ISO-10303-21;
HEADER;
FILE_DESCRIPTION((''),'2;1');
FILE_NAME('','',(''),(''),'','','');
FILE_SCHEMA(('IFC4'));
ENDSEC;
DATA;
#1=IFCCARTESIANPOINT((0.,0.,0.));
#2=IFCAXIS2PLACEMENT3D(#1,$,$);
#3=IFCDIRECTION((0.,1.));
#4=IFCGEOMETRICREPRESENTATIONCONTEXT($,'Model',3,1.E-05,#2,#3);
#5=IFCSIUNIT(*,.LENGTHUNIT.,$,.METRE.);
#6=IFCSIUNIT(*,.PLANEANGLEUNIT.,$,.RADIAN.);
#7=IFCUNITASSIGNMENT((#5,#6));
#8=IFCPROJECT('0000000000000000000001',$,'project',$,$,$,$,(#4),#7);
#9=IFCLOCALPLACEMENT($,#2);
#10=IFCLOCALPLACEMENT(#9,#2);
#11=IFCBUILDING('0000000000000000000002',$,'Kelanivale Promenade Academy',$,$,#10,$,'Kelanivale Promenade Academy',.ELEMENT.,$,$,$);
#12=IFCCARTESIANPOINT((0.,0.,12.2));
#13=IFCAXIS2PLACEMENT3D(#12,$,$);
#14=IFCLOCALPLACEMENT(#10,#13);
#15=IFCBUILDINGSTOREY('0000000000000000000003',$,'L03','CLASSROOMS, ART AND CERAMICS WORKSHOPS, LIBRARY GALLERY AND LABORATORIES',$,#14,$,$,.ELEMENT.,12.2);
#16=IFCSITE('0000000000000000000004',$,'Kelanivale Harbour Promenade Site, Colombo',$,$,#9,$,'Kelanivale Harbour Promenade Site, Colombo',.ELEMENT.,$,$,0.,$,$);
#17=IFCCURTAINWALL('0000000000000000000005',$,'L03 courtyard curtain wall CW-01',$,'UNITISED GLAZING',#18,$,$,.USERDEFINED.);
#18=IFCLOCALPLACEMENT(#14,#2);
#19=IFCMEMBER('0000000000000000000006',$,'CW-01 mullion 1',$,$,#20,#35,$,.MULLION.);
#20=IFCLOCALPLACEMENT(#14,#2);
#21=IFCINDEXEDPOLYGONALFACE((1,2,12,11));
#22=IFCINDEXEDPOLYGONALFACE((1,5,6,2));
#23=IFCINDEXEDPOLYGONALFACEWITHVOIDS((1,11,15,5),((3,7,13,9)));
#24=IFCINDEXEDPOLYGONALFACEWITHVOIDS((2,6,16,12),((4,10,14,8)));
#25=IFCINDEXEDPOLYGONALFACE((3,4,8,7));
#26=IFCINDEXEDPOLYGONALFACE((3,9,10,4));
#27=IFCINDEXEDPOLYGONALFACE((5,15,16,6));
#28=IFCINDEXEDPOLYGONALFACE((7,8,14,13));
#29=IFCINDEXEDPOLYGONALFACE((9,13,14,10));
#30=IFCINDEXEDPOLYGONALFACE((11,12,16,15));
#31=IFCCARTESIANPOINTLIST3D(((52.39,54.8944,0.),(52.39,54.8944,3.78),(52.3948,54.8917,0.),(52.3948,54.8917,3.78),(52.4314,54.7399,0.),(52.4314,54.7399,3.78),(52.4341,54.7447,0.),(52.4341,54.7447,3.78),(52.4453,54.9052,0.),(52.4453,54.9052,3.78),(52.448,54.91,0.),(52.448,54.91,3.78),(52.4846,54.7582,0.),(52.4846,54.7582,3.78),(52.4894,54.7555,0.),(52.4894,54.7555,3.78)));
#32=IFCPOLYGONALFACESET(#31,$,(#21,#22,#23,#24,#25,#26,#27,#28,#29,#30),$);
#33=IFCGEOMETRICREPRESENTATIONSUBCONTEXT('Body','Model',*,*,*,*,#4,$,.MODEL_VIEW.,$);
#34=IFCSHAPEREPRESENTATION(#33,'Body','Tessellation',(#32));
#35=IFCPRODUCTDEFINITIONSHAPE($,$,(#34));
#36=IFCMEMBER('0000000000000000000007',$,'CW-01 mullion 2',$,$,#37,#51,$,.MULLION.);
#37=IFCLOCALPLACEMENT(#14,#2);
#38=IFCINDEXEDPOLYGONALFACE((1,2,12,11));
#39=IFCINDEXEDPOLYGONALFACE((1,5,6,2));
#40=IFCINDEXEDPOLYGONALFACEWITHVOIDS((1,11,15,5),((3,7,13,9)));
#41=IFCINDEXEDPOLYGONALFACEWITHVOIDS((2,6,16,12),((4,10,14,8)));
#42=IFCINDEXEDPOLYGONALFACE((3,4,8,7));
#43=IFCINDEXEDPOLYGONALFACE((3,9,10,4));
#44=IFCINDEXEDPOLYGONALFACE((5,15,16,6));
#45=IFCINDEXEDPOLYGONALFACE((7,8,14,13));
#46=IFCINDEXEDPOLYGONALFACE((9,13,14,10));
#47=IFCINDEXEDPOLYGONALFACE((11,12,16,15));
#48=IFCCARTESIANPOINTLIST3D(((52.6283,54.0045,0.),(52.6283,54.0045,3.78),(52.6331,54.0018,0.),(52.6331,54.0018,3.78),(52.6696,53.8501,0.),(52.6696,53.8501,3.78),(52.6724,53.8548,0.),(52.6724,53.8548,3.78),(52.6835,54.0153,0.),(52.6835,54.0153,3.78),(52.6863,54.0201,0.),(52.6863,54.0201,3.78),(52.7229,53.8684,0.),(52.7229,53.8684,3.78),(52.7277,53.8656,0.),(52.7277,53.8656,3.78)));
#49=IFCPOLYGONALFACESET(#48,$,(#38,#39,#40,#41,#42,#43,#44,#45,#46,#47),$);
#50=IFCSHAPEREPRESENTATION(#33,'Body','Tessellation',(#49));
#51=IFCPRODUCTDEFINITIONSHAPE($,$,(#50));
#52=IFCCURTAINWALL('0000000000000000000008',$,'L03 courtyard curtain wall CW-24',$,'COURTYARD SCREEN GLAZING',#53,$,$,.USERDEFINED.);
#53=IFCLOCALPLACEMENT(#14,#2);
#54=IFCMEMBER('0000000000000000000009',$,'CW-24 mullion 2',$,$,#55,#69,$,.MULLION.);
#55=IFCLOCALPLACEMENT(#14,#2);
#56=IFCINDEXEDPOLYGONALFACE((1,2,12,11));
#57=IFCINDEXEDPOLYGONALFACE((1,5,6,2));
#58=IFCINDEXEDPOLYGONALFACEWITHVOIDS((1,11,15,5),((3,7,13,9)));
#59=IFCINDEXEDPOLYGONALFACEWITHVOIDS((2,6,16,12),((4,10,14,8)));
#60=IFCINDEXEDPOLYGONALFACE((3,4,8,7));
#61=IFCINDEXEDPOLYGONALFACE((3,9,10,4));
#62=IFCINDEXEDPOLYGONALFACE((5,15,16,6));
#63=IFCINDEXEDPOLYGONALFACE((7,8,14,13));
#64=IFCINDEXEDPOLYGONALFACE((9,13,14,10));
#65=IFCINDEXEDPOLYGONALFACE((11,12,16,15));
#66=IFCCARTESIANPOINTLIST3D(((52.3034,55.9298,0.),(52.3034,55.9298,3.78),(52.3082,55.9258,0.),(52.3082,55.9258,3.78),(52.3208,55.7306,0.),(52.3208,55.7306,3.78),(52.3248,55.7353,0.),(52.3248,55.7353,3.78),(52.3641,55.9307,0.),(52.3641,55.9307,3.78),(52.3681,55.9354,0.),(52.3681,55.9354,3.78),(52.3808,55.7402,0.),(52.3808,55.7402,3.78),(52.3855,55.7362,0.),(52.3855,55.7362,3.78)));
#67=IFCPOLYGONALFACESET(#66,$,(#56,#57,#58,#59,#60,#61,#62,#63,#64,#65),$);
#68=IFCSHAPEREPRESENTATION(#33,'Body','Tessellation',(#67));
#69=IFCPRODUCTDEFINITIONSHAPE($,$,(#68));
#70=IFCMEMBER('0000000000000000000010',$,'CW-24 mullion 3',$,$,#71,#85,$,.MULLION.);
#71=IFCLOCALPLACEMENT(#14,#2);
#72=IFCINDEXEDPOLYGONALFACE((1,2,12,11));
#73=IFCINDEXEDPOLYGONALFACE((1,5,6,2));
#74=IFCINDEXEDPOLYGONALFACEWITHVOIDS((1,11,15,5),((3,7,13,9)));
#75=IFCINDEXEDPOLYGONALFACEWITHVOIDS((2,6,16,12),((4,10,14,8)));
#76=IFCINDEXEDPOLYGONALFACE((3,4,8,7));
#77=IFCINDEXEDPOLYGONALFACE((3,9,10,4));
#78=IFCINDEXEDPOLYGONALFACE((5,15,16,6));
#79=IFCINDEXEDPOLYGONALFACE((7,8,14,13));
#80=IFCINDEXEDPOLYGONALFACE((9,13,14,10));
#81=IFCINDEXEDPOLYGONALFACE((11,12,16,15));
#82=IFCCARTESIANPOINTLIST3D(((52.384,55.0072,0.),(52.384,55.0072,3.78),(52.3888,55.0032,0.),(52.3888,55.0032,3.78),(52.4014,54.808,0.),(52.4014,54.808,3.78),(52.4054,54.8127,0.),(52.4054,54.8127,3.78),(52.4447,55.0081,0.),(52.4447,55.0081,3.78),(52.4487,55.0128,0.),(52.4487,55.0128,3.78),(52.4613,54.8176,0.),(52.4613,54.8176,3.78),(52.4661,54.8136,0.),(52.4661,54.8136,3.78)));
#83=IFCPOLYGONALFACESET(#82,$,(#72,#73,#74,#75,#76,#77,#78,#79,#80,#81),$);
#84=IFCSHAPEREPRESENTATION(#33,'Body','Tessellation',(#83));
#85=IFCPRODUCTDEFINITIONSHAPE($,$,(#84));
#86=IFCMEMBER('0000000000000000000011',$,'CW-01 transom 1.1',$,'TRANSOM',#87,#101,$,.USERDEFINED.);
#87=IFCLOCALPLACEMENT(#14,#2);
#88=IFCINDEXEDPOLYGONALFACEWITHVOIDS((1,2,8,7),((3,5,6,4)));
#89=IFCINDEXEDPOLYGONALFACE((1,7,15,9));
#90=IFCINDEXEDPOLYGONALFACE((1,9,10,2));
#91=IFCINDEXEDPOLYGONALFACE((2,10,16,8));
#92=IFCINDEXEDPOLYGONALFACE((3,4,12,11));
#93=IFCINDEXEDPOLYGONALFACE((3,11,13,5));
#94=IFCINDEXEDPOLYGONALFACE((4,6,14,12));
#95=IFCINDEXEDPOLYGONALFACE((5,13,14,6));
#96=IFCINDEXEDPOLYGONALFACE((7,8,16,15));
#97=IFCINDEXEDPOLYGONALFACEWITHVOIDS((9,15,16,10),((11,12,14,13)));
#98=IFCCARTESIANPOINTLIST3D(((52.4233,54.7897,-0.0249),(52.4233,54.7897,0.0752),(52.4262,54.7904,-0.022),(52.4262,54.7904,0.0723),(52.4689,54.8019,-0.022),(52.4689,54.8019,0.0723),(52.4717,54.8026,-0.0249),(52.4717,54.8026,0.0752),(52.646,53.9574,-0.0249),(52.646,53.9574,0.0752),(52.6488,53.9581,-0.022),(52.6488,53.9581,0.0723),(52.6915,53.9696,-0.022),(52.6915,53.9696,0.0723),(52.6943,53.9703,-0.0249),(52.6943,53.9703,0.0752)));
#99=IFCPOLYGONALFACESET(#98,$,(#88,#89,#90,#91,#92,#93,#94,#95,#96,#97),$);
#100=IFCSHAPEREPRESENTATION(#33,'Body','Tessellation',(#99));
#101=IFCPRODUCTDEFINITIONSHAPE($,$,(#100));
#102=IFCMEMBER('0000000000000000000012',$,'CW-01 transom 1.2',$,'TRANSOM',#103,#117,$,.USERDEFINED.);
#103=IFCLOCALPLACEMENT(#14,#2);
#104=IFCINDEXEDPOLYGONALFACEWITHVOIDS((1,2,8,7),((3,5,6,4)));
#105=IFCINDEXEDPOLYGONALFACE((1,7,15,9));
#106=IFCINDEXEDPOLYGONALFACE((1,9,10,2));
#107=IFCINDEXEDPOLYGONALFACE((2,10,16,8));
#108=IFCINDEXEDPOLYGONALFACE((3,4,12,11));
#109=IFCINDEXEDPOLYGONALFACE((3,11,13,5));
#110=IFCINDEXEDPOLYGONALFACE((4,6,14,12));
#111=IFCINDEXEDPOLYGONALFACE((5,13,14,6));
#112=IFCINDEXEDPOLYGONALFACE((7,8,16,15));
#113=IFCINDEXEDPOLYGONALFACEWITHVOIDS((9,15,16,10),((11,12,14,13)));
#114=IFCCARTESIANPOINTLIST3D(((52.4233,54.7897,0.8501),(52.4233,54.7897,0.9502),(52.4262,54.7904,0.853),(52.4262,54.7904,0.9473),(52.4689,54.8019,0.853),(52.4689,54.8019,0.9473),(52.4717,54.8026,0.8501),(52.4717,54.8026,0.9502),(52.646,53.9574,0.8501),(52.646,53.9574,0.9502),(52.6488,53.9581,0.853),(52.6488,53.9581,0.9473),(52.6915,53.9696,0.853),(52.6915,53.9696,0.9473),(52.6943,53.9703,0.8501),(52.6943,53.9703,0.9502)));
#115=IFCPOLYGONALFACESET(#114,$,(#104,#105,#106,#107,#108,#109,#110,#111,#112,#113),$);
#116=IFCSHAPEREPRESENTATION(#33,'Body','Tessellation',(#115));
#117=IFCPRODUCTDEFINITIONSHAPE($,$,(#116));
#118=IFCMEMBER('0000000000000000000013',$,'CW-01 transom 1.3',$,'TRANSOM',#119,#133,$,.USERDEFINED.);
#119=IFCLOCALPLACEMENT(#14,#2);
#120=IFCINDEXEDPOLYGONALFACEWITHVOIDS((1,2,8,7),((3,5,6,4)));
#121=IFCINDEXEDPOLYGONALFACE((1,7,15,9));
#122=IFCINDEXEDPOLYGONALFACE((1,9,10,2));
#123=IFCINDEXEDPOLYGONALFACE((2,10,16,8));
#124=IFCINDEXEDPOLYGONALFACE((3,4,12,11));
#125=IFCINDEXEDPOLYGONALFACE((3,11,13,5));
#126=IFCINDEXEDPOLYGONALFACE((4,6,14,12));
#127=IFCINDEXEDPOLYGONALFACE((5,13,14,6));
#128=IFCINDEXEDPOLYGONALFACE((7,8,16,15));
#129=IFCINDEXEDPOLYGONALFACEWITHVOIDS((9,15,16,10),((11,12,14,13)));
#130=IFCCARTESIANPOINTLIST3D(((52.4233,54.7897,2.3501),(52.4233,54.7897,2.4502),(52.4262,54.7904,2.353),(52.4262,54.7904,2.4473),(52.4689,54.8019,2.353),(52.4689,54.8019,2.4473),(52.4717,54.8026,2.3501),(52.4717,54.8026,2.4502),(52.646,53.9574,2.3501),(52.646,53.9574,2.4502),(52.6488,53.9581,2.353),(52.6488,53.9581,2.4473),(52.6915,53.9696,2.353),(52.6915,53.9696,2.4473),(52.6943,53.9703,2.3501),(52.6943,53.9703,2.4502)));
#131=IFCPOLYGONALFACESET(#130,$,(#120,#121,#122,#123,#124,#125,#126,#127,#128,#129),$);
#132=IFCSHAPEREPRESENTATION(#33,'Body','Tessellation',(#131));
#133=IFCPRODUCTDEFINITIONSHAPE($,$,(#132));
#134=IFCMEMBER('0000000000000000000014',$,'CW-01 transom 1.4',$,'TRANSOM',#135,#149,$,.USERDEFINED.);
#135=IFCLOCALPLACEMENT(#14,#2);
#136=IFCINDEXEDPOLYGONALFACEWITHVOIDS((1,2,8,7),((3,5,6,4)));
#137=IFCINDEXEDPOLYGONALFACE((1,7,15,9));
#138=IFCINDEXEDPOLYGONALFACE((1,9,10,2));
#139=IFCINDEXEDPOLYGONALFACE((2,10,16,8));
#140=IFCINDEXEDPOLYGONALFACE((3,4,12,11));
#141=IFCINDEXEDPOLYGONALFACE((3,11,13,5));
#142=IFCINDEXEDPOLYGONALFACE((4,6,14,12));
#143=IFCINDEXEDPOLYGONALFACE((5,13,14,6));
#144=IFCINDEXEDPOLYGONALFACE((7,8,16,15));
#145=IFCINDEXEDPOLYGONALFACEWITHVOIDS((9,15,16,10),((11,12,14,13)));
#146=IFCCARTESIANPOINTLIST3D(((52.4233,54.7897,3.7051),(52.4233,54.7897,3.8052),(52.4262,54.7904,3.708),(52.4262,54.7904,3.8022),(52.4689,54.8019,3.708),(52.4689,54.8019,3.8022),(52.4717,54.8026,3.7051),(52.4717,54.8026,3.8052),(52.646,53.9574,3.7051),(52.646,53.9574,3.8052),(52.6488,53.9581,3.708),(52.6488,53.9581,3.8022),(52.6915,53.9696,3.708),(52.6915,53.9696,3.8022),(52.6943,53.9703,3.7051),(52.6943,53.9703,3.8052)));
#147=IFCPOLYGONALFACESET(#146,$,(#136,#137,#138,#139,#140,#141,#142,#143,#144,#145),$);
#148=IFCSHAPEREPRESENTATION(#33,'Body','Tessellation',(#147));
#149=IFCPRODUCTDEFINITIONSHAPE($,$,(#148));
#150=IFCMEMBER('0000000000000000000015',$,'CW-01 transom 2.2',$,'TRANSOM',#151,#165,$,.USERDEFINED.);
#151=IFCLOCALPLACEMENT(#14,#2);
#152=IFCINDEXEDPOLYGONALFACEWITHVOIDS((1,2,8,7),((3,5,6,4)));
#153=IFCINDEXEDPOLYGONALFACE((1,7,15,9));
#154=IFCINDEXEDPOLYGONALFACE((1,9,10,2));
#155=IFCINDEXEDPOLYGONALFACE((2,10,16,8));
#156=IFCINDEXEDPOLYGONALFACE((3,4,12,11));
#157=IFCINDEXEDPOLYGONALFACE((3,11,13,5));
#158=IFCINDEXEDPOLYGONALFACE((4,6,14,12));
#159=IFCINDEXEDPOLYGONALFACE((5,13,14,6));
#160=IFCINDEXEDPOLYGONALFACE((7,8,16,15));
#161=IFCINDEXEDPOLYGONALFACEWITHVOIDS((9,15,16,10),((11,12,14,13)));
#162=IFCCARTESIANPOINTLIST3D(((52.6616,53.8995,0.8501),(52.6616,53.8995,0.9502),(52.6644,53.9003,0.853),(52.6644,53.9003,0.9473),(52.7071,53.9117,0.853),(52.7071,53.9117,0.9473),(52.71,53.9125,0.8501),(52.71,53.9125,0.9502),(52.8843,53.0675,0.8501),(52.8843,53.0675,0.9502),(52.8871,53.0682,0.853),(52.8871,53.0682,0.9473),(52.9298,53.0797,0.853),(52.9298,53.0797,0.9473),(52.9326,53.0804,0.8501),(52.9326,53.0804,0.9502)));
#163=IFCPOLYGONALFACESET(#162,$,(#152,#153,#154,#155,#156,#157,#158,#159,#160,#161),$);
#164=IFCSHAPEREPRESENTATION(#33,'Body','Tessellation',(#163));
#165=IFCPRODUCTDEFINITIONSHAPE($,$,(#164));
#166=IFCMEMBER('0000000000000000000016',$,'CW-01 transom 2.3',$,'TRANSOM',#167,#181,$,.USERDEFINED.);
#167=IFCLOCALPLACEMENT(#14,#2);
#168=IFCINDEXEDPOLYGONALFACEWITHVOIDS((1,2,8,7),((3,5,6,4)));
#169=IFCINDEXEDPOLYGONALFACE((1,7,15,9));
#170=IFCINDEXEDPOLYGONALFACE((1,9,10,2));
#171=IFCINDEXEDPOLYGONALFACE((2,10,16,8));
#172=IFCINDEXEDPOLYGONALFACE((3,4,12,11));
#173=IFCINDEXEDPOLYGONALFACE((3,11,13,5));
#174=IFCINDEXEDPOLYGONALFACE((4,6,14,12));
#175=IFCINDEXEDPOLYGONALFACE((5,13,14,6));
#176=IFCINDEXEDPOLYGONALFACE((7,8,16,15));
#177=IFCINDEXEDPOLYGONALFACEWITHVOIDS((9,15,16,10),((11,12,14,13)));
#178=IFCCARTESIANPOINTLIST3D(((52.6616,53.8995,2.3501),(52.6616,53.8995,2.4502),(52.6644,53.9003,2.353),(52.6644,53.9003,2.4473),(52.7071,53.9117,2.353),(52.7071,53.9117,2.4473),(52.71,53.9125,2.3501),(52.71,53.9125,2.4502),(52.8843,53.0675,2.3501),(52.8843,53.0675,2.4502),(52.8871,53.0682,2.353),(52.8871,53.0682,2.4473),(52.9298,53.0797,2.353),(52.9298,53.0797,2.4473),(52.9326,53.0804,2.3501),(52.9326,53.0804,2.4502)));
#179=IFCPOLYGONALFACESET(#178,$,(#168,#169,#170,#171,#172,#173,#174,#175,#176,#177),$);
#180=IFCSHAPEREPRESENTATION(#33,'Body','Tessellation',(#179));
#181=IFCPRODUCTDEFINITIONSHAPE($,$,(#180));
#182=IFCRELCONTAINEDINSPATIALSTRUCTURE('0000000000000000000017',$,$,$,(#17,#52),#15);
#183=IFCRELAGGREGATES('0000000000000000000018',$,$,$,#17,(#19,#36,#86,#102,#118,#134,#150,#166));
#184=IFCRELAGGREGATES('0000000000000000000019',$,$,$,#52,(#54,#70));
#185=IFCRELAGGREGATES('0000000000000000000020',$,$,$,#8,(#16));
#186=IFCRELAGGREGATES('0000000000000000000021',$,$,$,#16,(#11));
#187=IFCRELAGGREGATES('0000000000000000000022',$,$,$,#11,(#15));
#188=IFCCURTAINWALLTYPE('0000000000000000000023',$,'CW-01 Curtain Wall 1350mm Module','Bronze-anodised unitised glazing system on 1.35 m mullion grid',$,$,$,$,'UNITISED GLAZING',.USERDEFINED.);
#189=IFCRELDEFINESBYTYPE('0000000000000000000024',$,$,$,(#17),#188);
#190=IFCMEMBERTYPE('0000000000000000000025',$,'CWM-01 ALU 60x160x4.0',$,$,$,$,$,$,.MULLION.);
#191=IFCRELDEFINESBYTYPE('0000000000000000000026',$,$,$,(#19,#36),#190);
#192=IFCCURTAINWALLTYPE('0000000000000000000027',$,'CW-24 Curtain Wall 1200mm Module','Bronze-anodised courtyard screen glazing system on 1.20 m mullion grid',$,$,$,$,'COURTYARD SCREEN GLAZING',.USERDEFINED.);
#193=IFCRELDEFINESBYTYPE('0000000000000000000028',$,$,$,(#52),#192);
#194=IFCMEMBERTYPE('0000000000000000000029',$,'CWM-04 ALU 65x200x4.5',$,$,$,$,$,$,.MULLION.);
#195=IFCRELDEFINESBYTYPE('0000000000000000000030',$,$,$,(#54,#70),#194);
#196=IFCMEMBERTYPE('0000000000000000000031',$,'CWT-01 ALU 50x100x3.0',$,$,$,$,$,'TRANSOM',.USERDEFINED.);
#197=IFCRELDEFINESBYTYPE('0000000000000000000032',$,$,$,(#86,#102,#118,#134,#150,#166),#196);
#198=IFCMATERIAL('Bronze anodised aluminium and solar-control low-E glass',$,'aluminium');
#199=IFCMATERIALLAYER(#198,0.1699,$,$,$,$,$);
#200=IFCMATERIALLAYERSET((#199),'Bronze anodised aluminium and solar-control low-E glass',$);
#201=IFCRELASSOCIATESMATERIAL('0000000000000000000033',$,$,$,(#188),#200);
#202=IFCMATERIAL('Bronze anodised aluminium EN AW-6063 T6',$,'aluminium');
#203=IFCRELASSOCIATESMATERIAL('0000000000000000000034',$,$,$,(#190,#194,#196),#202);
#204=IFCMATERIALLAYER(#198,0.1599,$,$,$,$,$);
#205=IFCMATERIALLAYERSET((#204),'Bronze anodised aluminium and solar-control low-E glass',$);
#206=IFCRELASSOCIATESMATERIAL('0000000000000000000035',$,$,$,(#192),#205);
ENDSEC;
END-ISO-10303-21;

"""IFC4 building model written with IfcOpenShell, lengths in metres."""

from ifc_helpers import new_model, si_unit, direction, frame, origin, origin_2d, place, context, subcontext, project, spatial, hollow_rectangle, extrude, material, layer, layer_set, material_profile, profile_set, type_object, element, aggregate, save


model = new_model("IFC4")

# Units and contexts
model_context = context("Model", 3, precision=1e-05, world=origin(), true_north=direction((0.0, 1.0)))
body_context = subcontext(model_context, "Body", "Model", "MODEL_VIEW")
ifc_project = project(units=[si_unit("LENGTHUNIT", "METRE"), si_unit("PLANEANGLEUNIT", "RADIAN")], contexts=[model_context])

# Site, building, storey
site_placement = place(None, origin())
site = spatial("IfcSite", under=ifc_project, at=site_placement, Name="Kelanivale Harbour Promenade Site, Colombo", LongName="Kelanivale Harbour Promenade Site, Colombo", CompositionType="ELEMENT", RefElevation=0.0)
building_placement = place(site_placement, origin())
building = spatial("IfcBuilding", under=site, at=building_placement, Name="Kelanivale Promenade Academy", LongName="Kelanivale Promenade Academy", CompositionType="ELEMENT")
storey_placement = place(building_placement, frame((0.0, 0.0, 12.2)))
storey = spatial("IfcBuildingStorey", under=building, at=storey_placement, Name="L03", Description="CLASSROOMS, ART AND CERAMICS WORKSHOPS, LIBRARY GALLERY AND LABORATORIES", CompositionType="ELEMENT", Elevation=12.2)

# Curtain walls, members
ifc_material_1 = material(Name="Bronze anodised aluminium and solar-control low-E glass", Category="aluminium")
ifc_layer_1 = layer(ifc_material_1, 0.1699)
ifc_layer_set_1 = layer_set([ifc_layer_1], Name="Bronze anodised aluminium and solar-control low-E glass")
curtain_wall_type_1 = type_object("IfcCurtainWallType", Name="CW-01 Curtain Wall 1350mm Module", Description="Bronze-anodised unitised glazing system on 1.35 m mullion grid", ElementType="UNITISED GLAZING", PredefinedType="USERDEFINED", material=ifc_layer_set_1)
curtain_wall_1_placement = place(storey_placement, origin())
curtain_wall_1 = element("IfcCurtainWall", 1, at=curtain_wall_1_placement, inside=storey, type_object=curtain_wall_type_1, Name="L03 courtyard curtain wall CW-01", ObjectType="UNITISED GLAZING", PredefinedType="USERDEFINED")
ifc_material_2 = material(Name="Bronze anodised aluminium EN AW-6063 T6", Category="aluminium")
ifc_material_profile_1 = material_profile(ifc_material_2, hollow_rectangle(XDim=0.0601, YDim=0.1599, WallThickness=0.0039, at=origin_2d()), Name="ALU 60x160x4.0")
ifc_profile_set_1 = profile_set([ifc_material_profile_1], Name="Bronze anodised aluminium EN AW-6063 T6")
member_type_1 = type_object("IfcMemberType", Name="CWM-01 ALU 60x160x4.0", PredefinedType="MULLION", material=ifc_profile_set_1)
member_1_placement = place(storey_placement, frame((52.4397, 54.825, 0.0), z_axis=(0.0, 0.0, 1.0), x_axis=(0.96599, 0.258578, 0.0)))
member_1 = element("IfcMember", 2, at=member_1_placement, type_object=member_type_1, Name="CW-01 mullion 1", PredefinedType="MULLION", context=body_context, shape_type="SweptSolid", body=[
    extrude(hollow_rectangle(XDim=0.0601, YDim=0.1599, WallThickness=0.0039, at=origin_2d()), origin(), (0.0, 0.0, 1.0), 3.78),
])
member_2_placement = place(storey_placement, frame((52.678, 53.9351, 0.0), z_axis=(0.0, 0.0, 1.0), x_axis=(0.96599, 0.258578, 0.0)))
member_2 = element("IfcMember", 3, at=member_2_placement, type_object=member_type_1, Name="CW-01 mullion 2", PredefinedType="MULLION", context=body_context, shape_type="SweptSolid", body=[
    extrude(hollow_rectangle(XDim=0.0601, YDim=0.1599, WallThickness=0.0039, at=origin_2d()), origin(), (0.0, 0.0, 1.0), 3.78),
])
ifc_layer_2 = layer(ifc_material_1, 0.1599)
ifc_layer_set_2 = layer_set([ifc_layer_2], Name="Bronze anodised aluminium and solar-control low-E glass")
curtain_wall_type_2 = type_object("IfcCurtainWallType", Name="CW-24 Curtain Wall 1200mm Module", Description="Bronze-anodised courtyard screen glazing system on 1.20 m mullion grid", ElementType="COURTYARD SCREEN GLAZING", PredefinedType="USERDEFINED", material=ifc_layer_set_2)
curtain_wall_2_placement = place(storey_placement, origin())
curtain_wall_2 = element("IfcCurtainWall", 4, at=curtain_wall_2_placement, inside=storey, type_object=curtain_wall_type_2, Name="L03 courtyard curtain wall CW-24", ObjectType="COURTYARD SCREEN GLAZING", PredefinedType="USERDEFINED")
ifc_material_profile_2 = material_profile(ifc_material_2, hollow_rectangle(XDim=0.0649, YDim=0.2, WallThickness=0.0044, at=origin_2d()), Name="ALU 65x200x4.5")
ifc_profile_set_2 = profile_set([ifc_material_profile_2], Name="Bronze anodised aluminium EN AW-6063 T6")
member_type_2 = type_object("IfcMemberType", Name="CWM-04 ALU 65x200x4.5", PredefinedType="MULLION", material=ifc_profile_set_2)
member_3_placement = place(storey_placement, frame((52.3445, 55.833, 0.0), z_axis=(0.0, 0.0, 1.0), x_axis=(0.996199, 0.087102, 0.0)))
member_3 = element("IfcMember", 5, at=member_3_placement, type_object=member_type_2, Name="CW-24 mullion 2", PredefinedType="MULLION", context=body_context, shape_type="SweptSolid", body=[
    extrude(hollow_rectangle(XDim=0.0649, YDim=0.2, WallThickness=0.0044, at=origin_2d()), origin(), (0.0, 0.0, 1.0), 3.78),
])
member_4_placement = place(storey_placement, frame((52.425, 54.9104, 0.0), z_axis=(0.0, 0.0, 1.0), x_axis=(0.996199, 0.087102, 0.0)))
member_4 = element("IfcMember", 6, at=member_4_placement, type_object=member_type_2, Name="CW-24 mullion 3", PredefinedType="MULLION", context=body_context, shape_type="SweptSolid", body=[
    extrude(hollow_rectangle(XDim=0.0649, YDim=0.2, WallThickness=0.0044, at=origin_2d()), origin(), (0.0, 0.0, 1.0), 3.78),
])

# Members
ifc_material_profile_3 = material_profile(ifc_material_2, hollow_rectangle(XDim=0.05, YDim=0.1001, WallThickness=0.0029, at=origin_2d()), Name="ALU 50x100x3.0")
ifc_profile_set_3 = profile_set([ifc_material_profile_3], Name="Bronze anodised aluminium EN AW-6063 T6")
member_type_3 = type_object("IfcMemberType", Name="CWT-01 ALU 50x100x3.0", ElementType="TRANSOM", PredefinedType="USERDEFINED", material=ifc_profile_set_3)
member_5_placement = place(storey_placement, frame((52.4475, 54.7961, 0.0251), z_axis=(0.258439, -0.966028, 0.0), x_axis=(0.966028, 0.258439, 0.0)))
member_5 = element("IfcMember", 7, at=member_5_placement, type_object=member_type_3, Name="CW-01 transom 1.1", ObjectType="TRANSOM", PredefinedType="USERDEFINED", context=body_context, shape_type="SweptSolid", body=[
    extrude(hollow_rectangle(XDim=0.05, YDim=0.1001, WallThickness=0.0029, at=origin_2d()), origin(), (0.0, 0.0, 1.0), 0.8616),
])
member_6_placement = place(storey_placement, frame((52.4475, 54.7961, 0.9001), z_axis=(0.258439, -0.966028, 0.0), x_axis=(0.966028, 0.258439, 0.0)))
member_6 = element("IfcMember", 8, at=member_6_placement, type_object=member_type_3, Name="CW-01 transom 1.2", ObjectType="TRANSOM", PredefinedType="USERDEFINED", context=body_context, shape_type="SweptSolid", body=[
    extrude(hollow_rectangle(XDim=0.05, YDim=0.1001, WallThickness=0.0029, at=origin_2d()), origin(), (0.0, 0.0, 1.0), 0.8616),
])
member_7_placement = place(storey_placement, frame((52.4475, 54.7961, 2.4001), z_axis=(0.258439, -0.966028, 0.0), x_axis=(0.966028, 0.258439, 0.0)))
member_7 = element("IfcMember", 9, at=member_7_placement, type_object=member_type_3, Name="CW-01 transom 1.3", ObjectType="TRANSOM", PredefinedType="USERDEFINED", context=body_context, shape_type="SweptSolid", body=[
    extrude(hollow_rectangle(XDim=0.05, YDim=0.1001, WallThickness=0.0029, at=origin_2d()), origin(), (0.0, 0.0, 1.0), 0.8616),
])
member_8_placement = place(storey_placement, frame((52.4475, 54.7961, 3.7551), z_axis=(0.258439, -0.966028, 0.0), x_axis=(0.966028, 0.258439, 0.0)))
member_8 = element("IfcMember", 10, at=member_8_placement, type_object=member_type_3, Name="CW-01 transom 1.4", ObjectType="TRANSOM", PredefinedType="USERDEFINED", context=body_context, shape_type="SweptSolid", body=[
    extrude(hollow_rectangle(XDim=0.05, YDim=0.1001, WallThickness=0.0029, at=origin_2d()), origin(), (0.0, 0.0, 1.0), 0.8616),
])
member_9_placement = place(storey_placement, frame((52.6858, 53.906, 0.9001), z_axis=(0.258509, -0.966009, 0.0), x_axis=(0.966009, 0.258509, 0.0)))
member_9 = element("IfcMember", 11, at=member_9_placement, type_object=member_type_3, Name="CW-01 transom 2.2", ObjectType="TRANSOM", PredefinedType="USERDEFINED", context=body_context, shape_type="SweptSolid", body=[
    extrude(hollow_rectangle(XDim=0.05, YDim=0.1001, WallThickness=0.0029, at=origin_2d()), origin(), (0.0, 0.0, 1.0), 0.8613),
])
member_10_placement = place(storey_placement, frame((52.6858, 53.906, 2.4001), z_axis=(0.258509, -0.966009, 0.0), x_axis=(0.966009, 0.258509, 0.0)))
member_10 = element("IfcMember", 12, at=member_10_placement, type_object=member_type_3, Name="CW-01 transom 2.3", ObjectType="TRANSOM", PredefinedType="USERDEFINED", context=body_context, shape_type="SweptSolid", body=[
    extrude(hollow_rectangle(XDim=0.05, YDim=0.1001, WallThickness=0.0029, at=origin_2d()), origin(), (0.0, 0.0, 1.0), 0.8613),
])

aggregate(curtain_wall_1, [member_1, member_2, member_5, member_6, member_7, member_8, member_9, member_10])
aggregate(curtain_wall_2, [member_3, member_4])

save(model, "model.ifc")
